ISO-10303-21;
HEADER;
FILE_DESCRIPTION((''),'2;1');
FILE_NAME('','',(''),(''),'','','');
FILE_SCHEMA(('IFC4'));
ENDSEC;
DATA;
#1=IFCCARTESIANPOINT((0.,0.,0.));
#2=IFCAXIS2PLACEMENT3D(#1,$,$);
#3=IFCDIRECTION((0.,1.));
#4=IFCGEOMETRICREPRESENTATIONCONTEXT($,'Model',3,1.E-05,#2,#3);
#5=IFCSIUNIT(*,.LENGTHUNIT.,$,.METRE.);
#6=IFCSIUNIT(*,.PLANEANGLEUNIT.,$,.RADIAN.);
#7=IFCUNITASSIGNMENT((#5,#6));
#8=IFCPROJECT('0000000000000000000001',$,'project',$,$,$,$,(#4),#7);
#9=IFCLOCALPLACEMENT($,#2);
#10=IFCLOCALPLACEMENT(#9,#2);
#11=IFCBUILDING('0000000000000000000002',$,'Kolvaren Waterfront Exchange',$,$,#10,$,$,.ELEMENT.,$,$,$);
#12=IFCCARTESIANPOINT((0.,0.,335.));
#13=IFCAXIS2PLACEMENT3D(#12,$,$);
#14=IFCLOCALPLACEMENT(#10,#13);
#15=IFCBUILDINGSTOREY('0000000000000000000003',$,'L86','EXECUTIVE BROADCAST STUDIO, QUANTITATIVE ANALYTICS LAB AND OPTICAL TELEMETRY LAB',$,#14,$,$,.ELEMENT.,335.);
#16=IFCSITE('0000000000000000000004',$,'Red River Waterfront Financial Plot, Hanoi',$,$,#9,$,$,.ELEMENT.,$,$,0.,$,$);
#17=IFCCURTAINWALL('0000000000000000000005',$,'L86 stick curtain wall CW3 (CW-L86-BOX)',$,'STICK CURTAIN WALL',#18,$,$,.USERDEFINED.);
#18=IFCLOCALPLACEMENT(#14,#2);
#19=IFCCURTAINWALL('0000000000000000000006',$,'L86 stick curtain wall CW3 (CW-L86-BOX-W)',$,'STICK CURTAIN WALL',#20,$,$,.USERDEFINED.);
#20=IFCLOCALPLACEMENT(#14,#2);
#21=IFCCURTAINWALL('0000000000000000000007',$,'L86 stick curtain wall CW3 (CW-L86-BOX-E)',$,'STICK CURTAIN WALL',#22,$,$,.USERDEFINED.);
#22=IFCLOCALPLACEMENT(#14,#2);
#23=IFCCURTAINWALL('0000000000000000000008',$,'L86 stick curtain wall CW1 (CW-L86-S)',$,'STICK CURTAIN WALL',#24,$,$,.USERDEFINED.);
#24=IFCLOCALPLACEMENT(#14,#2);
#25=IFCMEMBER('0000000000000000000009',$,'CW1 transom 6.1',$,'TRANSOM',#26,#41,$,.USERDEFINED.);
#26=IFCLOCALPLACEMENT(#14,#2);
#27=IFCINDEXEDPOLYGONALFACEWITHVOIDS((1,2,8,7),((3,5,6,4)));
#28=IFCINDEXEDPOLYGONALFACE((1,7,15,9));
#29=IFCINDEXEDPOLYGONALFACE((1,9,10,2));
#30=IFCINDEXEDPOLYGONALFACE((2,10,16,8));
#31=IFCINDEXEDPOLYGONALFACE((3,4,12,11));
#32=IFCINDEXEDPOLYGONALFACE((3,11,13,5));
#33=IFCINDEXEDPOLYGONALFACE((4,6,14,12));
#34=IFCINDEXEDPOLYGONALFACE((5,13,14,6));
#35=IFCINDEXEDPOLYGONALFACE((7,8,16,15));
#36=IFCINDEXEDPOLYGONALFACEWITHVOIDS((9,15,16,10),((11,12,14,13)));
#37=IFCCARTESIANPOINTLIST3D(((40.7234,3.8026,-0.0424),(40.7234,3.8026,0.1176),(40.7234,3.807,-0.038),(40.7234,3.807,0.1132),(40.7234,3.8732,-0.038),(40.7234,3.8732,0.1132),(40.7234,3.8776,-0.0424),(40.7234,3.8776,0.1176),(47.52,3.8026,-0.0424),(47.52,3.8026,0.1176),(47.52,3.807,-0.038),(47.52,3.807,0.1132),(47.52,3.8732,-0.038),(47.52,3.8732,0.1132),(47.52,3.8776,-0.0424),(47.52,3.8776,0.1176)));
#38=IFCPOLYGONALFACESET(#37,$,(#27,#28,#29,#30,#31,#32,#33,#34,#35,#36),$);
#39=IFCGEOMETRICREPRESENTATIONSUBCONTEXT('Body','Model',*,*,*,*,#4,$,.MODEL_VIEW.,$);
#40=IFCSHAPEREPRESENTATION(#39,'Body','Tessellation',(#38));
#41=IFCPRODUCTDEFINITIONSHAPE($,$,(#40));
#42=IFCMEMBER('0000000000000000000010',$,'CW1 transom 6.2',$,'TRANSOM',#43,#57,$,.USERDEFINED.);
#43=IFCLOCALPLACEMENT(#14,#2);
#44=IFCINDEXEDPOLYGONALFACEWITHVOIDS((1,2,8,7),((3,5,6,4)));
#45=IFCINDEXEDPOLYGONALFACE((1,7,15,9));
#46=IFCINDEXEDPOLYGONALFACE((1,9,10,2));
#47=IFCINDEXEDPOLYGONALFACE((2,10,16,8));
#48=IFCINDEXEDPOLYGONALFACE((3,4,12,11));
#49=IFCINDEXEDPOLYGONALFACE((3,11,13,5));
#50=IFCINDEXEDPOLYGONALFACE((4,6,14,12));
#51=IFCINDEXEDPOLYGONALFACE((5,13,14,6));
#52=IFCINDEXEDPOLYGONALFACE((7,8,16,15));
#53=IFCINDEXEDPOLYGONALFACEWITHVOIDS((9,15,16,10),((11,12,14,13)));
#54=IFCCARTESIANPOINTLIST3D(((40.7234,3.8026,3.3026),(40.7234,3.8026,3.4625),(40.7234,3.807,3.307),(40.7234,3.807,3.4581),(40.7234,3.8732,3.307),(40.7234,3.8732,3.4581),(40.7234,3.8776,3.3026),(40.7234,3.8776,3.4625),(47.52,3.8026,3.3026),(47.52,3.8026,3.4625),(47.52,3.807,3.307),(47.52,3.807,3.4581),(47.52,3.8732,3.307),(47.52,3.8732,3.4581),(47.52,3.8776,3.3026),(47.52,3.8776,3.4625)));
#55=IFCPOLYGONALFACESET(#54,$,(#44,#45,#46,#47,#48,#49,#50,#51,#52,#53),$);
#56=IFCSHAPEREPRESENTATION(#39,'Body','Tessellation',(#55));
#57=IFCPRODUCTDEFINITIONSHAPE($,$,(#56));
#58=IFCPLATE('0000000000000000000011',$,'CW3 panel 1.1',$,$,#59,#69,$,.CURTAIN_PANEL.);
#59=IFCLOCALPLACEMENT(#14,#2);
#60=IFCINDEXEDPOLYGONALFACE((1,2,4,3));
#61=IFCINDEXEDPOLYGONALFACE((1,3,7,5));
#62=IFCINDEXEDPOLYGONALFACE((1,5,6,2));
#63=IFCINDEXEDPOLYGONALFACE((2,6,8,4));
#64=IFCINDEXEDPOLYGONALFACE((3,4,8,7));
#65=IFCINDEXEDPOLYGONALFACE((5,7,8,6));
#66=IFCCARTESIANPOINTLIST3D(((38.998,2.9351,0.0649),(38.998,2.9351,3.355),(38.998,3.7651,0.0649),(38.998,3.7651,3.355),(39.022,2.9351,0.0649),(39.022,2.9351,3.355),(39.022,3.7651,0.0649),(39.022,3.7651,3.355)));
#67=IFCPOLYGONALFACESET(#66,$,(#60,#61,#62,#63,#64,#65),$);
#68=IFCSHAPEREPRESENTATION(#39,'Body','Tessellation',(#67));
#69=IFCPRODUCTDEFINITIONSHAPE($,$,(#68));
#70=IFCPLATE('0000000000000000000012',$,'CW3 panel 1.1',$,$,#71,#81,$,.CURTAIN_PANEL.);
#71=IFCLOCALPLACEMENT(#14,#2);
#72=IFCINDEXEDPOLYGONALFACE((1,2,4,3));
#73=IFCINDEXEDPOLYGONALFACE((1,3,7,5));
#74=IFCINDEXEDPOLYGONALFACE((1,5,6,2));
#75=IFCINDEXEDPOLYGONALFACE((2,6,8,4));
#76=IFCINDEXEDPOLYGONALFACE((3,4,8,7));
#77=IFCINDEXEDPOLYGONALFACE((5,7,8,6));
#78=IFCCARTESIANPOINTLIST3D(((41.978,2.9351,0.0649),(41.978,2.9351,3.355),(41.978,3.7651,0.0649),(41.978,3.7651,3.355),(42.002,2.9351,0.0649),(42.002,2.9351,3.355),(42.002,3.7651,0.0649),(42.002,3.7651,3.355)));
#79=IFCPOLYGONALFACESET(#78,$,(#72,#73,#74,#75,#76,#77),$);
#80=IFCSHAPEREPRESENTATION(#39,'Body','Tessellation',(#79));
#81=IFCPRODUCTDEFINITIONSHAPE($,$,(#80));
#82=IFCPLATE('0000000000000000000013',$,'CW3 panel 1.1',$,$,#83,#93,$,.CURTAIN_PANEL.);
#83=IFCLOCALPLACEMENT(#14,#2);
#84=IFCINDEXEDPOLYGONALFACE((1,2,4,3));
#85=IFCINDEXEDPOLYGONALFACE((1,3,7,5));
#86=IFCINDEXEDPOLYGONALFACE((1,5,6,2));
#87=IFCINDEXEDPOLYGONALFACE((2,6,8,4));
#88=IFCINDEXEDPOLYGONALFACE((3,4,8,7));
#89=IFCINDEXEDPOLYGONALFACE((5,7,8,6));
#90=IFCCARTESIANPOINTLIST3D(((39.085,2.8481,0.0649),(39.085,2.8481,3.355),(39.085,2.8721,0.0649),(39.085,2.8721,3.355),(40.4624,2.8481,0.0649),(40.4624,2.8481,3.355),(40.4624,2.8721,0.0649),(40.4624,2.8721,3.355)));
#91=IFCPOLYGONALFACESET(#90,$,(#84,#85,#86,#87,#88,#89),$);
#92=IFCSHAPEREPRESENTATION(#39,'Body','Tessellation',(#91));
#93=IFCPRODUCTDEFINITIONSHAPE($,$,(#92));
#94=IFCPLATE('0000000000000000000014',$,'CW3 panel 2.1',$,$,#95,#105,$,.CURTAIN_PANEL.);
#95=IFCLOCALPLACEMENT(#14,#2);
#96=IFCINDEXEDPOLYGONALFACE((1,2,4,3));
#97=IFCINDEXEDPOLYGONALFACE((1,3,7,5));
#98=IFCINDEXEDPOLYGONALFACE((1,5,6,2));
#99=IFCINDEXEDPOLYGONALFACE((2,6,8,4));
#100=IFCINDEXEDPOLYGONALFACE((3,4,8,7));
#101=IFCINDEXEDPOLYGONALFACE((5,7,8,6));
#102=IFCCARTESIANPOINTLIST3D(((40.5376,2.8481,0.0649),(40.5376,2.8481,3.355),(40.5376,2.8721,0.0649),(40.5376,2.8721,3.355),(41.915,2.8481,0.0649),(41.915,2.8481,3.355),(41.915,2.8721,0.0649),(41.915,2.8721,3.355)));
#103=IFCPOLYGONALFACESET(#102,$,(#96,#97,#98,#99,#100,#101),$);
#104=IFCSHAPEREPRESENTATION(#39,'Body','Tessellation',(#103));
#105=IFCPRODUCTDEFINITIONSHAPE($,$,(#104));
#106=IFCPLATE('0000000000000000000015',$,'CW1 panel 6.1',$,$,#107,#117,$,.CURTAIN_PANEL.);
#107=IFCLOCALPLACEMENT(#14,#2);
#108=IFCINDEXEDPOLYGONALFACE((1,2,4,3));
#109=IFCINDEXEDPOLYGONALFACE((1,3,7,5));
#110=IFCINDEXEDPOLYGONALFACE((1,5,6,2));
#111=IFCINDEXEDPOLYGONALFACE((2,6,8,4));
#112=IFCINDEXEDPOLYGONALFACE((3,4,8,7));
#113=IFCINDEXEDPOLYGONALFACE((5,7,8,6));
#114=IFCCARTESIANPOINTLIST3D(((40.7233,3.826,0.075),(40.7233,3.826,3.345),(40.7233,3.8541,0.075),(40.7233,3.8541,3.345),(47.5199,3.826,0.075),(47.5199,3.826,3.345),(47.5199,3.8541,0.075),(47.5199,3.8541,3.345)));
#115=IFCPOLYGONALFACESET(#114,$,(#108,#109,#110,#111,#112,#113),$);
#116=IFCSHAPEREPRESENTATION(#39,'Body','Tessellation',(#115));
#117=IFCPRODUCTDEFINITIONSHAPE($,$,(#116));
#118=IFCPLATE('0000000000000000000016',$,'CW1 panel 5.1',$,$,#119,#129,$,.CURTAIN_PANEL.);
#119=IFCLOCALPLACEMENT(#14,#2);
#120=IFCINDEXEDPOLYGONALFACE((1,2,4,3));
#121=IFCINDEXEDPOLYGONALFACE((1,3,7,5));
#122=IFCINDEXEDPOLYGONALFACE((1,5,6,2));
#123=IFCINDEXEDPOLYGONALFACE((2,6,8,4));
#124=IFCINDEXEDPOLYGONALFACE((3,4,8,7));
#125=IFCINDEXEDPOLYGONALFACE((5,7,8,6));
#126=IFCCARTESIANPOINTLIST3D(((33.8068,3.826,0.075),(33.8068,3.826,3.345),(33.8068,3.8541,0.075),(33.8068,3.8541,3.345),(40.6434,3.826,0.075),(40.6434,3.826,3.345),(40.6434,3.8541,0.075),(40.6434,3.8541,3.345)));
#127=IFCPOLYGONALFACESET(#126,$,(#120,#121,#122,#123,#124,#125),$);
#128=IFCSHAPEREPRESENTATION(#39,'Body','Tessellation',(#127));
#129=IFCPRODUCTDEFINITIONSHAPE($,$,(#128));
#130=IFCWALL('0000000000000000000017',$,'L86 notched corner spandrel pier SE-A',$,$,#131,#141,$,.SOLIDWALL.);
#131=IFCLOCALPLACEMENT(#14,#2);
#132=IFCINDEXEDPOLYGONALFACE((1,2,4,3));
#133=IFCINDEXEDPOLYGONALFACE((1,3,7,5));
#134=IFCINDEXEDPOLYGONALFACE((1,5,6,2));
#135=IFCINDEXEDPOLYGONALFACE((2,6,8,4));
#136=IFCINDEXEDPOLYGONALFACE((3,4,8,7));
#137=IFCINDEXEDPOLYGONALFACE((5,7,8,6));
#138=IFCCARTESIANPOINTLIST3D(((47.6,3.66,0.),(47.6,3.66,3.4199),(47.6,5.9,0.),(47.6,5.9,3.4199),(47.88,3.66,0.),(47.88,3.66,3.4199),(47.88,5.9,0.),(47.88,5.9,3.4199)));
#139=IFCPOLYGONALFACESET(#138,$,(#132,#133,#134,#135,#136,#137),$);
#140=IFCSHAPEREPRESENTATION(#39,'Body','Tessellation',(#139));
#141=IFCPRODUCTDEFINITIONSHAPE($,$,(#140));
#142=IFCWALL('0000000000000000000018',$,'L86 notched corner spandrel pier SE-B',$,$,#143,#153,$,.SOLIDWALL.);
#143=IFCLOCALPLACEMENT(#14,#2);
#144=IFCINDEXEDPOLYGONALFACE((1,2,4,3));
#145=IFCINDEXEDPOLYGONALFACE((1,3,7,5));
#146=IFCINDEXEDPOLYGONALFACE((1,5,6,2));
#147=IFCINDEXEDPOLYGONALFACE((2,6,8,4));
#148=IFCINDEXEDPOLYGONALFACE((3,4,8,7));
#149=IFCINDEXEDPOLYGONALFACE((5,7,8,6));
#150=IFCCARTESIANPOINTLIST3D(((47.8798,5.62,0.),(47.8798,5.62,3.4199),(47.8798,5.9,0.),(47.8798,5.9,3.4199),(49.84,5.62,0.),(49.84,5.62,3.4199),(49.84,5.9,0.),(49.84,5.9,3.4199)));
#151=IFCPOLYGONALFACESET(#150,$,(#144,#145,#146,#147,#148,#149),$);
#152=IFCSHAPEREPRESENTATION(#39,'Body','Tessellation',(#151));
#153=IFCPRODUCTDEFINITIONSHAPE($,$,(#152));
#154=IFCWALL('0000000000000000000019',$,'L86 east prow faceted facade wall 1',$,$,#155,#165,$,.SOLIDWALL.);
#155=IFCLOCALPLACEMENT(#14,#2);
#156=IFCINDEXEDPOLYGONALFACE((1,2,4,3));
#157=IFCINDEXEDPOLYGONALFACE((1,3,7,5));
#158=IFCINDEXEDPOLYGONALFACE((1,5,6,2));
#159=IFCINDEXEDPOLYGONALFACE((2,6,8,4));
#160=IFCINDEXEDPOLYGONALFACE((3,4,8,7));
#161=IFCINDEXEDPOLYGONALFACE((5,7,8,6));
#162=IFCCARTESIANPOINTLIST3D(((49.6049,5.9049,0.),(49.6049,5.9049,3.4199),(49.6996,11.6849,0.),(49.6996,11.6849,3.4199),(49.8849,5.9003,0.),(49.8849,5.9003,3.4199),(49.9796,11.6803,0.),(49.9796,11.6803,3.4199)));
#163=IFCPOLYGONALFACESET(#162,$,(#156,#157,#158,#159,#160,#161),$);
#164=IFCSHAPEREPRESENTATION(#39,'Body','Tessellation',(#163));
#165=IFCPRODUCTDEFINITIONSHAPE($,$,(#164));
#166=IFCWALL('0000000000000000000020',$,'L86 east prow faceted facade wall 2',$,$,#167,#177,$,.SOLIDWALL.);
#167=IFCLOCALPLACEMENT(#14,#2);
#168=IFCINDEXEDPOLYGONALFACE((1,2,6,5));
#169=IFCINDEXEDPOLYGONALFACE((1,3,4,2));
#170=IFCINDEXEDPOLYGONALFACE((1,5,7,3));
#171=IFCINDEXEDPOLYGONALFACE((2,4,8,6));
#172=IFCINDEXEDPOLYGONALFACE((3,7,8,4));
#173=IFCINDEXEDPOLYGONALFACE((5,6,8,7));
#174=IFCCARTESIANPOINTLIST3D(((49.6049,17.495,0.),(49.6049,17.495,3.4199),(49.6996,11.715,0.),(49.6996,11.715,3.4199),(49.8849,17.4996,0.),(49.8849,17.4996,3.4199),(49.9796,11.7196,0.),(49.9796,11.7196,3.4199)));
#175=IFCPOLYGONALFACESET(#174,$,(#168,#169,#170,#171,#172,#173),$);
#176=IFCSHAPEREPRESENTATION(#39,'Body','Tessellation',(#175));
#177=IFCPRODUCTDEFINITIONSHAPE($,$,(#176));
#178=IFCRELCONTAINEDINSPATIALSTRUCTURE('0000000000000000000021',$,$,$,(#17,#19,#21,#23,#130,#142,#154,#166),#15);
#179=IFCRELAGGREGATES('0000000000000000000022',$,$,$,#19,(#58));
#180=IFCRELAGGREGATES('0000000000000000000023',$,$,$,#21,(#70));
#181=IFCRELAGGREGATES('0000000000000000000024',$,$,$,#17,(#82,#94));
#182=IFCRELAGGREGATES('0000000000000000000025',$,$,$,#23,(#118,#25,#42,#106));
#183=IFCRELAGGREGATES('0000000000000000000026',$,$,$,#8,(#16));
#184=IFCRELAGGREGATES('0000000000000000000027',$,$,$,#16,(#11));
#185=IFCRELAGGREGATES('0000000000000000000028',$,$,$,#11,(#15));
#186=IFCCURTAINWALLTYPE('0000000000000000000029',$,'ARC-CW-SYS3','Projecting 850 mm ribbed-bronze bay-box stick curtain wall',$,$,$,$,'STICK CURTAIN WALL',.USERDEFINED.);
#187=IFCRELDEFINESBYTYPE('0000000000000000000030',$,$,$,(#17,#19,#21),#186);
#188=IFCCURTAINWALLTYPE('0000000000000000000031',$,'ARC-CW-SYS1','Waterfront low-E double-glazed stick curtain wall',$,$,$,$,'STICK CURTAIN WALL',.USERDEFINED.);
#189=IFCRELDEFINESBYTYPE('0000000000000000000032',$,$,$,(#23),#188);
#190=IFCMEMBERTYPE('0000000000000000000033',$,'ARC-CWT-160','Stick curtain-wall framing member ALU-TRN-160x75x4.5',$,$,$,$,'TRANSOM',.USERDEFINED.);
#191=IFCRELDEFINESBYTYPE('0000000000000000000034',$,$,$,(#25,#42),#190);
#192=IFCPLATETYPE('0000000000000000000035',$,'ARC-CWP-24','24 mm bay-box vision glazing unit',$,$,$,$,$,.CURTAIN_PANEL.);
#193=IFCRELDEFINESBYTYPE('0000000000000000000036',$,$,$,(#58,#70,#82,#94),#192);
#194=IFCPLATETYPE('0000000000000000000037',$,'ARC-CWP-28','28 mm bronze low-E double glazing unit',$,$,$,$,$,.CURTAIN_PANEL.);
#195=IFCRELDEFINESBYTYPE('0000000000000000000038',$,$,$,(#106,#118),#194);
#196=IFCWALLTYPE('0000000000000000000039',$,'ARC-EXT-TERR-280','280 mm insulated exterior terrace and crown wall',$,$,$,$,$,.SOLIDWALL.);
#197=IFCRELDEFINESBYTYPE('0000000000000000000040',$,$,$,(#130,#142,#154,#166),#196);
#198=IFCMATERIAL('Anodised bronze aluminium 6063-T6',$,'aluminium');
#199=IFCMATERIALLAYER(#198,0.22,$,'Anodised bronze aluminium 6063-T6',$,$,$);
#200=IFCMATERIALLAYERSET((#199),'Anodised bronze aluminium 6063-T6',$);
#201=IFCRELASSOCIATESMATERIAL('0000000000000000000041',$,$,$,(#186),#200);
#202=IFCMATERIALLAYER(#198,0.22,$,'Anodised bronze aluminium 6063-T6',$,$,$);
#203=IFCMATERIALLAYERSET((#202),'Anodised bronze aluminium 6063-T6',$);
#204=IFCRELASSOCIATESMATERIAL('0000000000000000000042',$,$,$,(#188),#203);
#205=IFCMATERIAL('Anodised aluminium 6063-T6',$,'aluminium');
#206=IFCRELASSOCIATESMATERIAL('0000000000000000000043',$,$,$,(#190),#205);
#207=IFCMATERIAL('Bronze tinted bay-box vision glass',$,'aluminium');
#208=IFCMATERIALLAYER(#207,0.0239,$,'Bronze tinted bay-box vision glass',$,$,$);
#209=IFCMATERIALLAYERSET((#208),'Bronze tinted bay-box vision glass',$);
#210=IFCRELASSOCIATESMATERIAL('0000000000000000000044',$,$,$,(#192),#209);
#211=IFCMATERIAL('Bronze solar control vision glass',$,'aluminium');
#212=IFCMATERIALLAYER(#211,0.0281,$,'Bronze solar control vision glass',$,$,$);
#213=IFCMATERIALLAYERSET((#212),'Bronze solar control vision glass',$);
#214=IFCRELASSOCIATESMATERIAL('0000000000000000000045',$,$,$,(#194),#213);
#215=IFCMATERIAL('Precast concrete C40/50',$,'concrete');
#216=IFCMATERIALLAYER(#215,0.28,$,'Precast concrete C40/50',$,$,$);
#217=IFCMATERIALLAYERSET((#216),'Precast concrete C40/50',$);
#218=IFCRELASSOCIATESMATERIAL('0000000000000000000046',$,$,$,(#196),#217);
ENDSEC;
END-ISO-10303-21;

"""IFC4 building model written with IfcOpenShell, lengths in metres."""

from ifc_helpers import new_model, si_unit, direction, frame, frame_2d, origin, origin_with_axes, origin_2d, place, context, subcontext, project, spatial, rectangle, hollow_rectangle, extrude, source, transform, mapped, material, layer, layer_set, material_profile, profile_set, type_object, element, aggregate, save


model = new_model("IFC4")

# Units and contexts
model_context = context("Model", 3, precision=1e-05, world=origin(), true_north=direction((0.0, 1.0)))
body_context = subcontext(model_context, "Body", "Model", "MODEL_VIEW")
ifc_project = project(units=[si_unit("LENGTHUNIT", "METRE"), si_unit("PLANEANGLEUNIT", "RADIAN")], contexts=[model_context])

# Site, building, storey
site_placement = place(None, origin())
site = spatial("IfcSite", under=ifc_project, at=site_placement, Name="Red River Waterfront Financial Plot, Hanoi", CompositionType="ELEMENT", RefElevation=0.0)
building_placement = place(site_placement, origin())
building = spatial("IfcBuilding", under=site, at=building_placement, Name="Kolvaren Waterfront Exchange", CompositionType="ELEMENT")
storey_placement = place(building_placement, frame((0.0, 0.0, 335.0)))
storey = spatial("IfcBuildingStorey", under=building, at=storey_placement, Name="L86", Description="EXECUTIVE BROADCAST STUDIO, QUANTITATIVE ANALYTICS LAB AND OPTICAL TELEMETRY LAB", CompositionType="ELEMENT", Elevation=335.0)

# Curtain walls
ifc_material_1 = material(Name="Anodised bronze aluminium 6063-T6", Category="aluminium")
ifc_layer_1 = layer(ifc_material_1, 0.22, Name="Anodised bronze aluminium 6063-T6")
ifc_layer_set_1 = layer_set([ifc_layer_1], Name="Anodised bronze aluminium 6063-T6")
curtain_wall_type_1 = type_object("IfcCurtainWallType", Name="ARC-CW-SYS3", Description="Projecting 850 mm ribbed-bronze bay-box stick curtain wall", ElementType="STICK CURTAIN WALL", PredefinedType="USERDEFINED", material=ifc_layer_set_1)
curtain_wall_1_placement = place(storey_placement, origin())
curtain_wall_1 = element("IfcCurtainWall", 1, at=curtain_wall_1_placement, inside=storey, type_object=curtain_wall_type_1, Name="L86 stick curtain wall CW3 (CW-L86-BOX)", ObjectType="STICK CURTAIN WALL", PredefinedType="USERDEFINED")
curtain_wall_2_placement = place(storey_placement, origin())
curtain_wall_2 = element("IfcCurtainWall", 2, at=curtain_wall_2_placement, inside=storey, type_object=curtain_wall_type_1, Name="L86 stick curtain wall CW3 (CW-L86-BOX-W)", ObjectType="STICK CURTAIN WALL", PredefinedType="USERDEFINED")

# Curtain walls
curtain_wall_3_placement = place(storey_placement, origin())
curtain_wall_3 = element("IfcCurtainWall", 3, at=curtain_wall_3_placement, inside=storey, type_object=curtain_wall_type_1, Name="L86 stick curtain wall CW3 (CW-L86-BOX-E)", ObjectType="STICK CURTAIN WALL", PredefinedType="USERDEFINED")
ifc_layer_2 = layer(ifc_material_1, 0.22, Name="Anodised bronze aluminium 6063-T6")
ifc_layer_set_2 = layer_set([ifc_layer_2], Name="Anodised bronze aluminium 6063-T6")
curtain_wall_type_2 = type_object("IfcCurtainWallType", Name="ARC-CW-SYS1", Description="Waterfront low-E double-glazed stick curtain wall", ElementType="STICK CURTAIN WALL", PredefinedType="USERDEFINED", material=ifc_layer_set_2)
curtain_wall_4_placement = place(storey_placement, origin())
curtain_wall_4 = element("IfcCurtainWall", 4, at=curtain_wall_4_placement, inside=storey, type_object=curtain_wall_type_2, Name="L86 stick curtain wall CW1 (CW-L86-S)", ObjectType="STICK CURTAIN WALL", PredefinedType="USERDEFINED")
ifc_material_2 = material(Name="Anodised aluminium 6063-T6", Category="aluminium")

# Members
ifc_material_profile_1 = material_profile(ifc_material_2, hollow_rectangle(XDim=0.075, YDim=0.1599, WallThickness=0.0044, at=origin_2d()), Name="ALU-TRN-160x75x4.5")
ifc_profile_set_1 = profile_set([ifc_material_profile_1], Name="Anodised aluminium 6063-T6")
member_type_1 = type_object("IfcMemberType", Name="ARC-CWT-160", Description="Stick curtain-wall framing member ALU-TRN-160x75x4.5", ElementType="TRANSOM", PredefinedType="USERDEFINED", material=ifc_profile_set_1)
shared_shape_1 = source(origin_with_axes(), body_context, "Body", "SweptSolid", [
    extrude(hollow_rectangle(XDim=0.075, YDim=0.1599, WallThickness=0.0044, at=origin_2d()), origin(), (0.0, 0.0, 1.0), 6.7966),
])
member_1_placement = place(storey_placement, frame((40.7234, 3.8401, 0.0376), z_axis=(1.0, 0.0, 0.0), x_axis=(0.0, 1.0, 0.0)))
member_1 = element("IfcMember", 5, at=member_1_placement, type_object=member_type_1, Name="CW1 transom 6.1", ObjectType="TRANSOM", PredefinedType="USERDEFINED", context=body_context, shape_type="MappedRepresentation", body=[
    mapped(shared_shape_1, transform((0.0, 0.0, 0.0), x_axis=(1.0, 0.0, 0.0), y_axis=(0.0, 1.0, 0.0), z_axis=(0.0, 0.0, 1.0), scale=1.0)),
])
member_2_placement = place(storey_placement, frame((40.7234, 3.8401, 3.3826), z_axis=(1.0, 0.0, 0.0), x_axis=(0.0, 1.0, 0.0)))
member_2 = element("IfcMember", 6, at=member_2_placement, type_object=member_type_1, Name="CW1 transom 6.2", ObjectType="TRANSOM", PredefinedType="USERDEFINED", context=body_context, shape_type="MappedRepresentation", body=[
    mapped(shared_shape_1, transform((0.0, 0.0, 0.0), x_axis=(1.0, 0.0, 0.0), y_axis=(0.0, 1.0, 0.0), z_axis=(0.0, 0.0, 1.0), scale=1.0)),
])

# Plates
ifc_material_3 = material(Name="Bronze tinted bay-box vision glass", Category="aluminium")
ifc_layer_3 = layer(ifc_material_3, 0.0239, Name="Bronze tinted bay-box vision glass")
ifc_layer_set_3 = layer_set([ifc_layer_3], Name="Bronze tinted bay-box vision glass")
plate_type_1 = type_object("IfcPlateType", Name="ARC-CWP-24", Description="24 mm bay-box vision glazing unit", PredefinedType="CURTAIN_PANEL", material=ifc_layer_set_3)
shared_shape_2 = source(origin_with_axes(), body_context, "Body", "SweptSolid", [
    extrude(rectangle(XDim=0.8301, YDim=0.0239, at=origin_2d()), origin(), (0.0, 0.0, 1.0), 3.29),
])
plate_1_placement = place(storey_placement, frame((39.01, 3.3501, 0.0649), z_axis=(0.0, 0.0, 1.0), x_axis=(0.0, -1.0, 0.0)))
plate_1 = element("IfcPlate", 7, at=plate_1_placement, type_object=plate_type_1, Name="CW3 panel 1.1", PredefinedType="CURTAIN_PANEL", context=body_context, shape_type="MappedRepresentation", body=[
    mapped(shared_shape_2, transform((0.0, 0.0, 0.0), x_axis=(1.0, 0.0, 0.0), y_axis=(0.0, 1.0, 0.0), z_axis=(0.0, 0.0, 1.0), scale=1.0)),
])
aggregate(curtain_wall_2, [plate_1])
plate_2_placement = place(storey_placement, frame((41.99, 3.3501, 0.0649), z_axis=(0.0, 0.0, 1.0), x_axis=(0.0, 1.0, 0.0)))
plate_2 = element("IfcPlate", 8, at=plate_2_placement, type_object=plate_type_1, Name="CW3 panel 1.1", PredefinedType="CURTAIN_PANEL", context=body_context, shape_type="MappedRepresentation", body=[
    mapped(shared_shape_2, transform((0.0, 0.0, 0.0), x_axis=(1.0, 0.0, 0.0), y_axis=(0.0, 1.0, 0.0), z_axis=(0.0, 0.0, 1.0), scale=1.0)),
])
aggregate(curtain_wall_3, [plate_2])
shared_shape_3 = source(origin_with_axes(), body_context, "Body", "SweptSolid", [
    extrude(rectangle(XDim=1.3774, YDim=0.0239, at=origin_2d()), origin(), (0.0, 0.0, 1.0), 3.29),
])
plate_3_placement = place(storey_placement, frame((39.7737, 2.8601, 0.0649), z_axis=(0.0, 0.0, 1.0), x_axis=(1.0, 0.0, 0.0)))
plate_3 = element("IfcPlate", 9, at=plate_3_placement, type_object=plate_type_1, Name="CW3 panel 1.1", PredefinedType="CURTAIN_PANEL", context=body_context, shape_type="MappedRepresentation", body=[
    mapped(shared_shape_3, transform((0.0, 0.0, 0.0), x_axis=(1.0, 0.0, 0.0), y_axis=(0.0, 1.0, 0.0), z_axis=(0.0, 0.0, 1.0), scale=1.0)),
])
plate_4_placement = place(storey_placement, frame((41.2263, 2.8601, 0.0649), z_axis=(0.0, 0.0, 1.0), x_axis=(1.0, 0.0, 0.0)))
plate_4 = element("IfcPlate", 10, at=plate_4_placement, type_object=plate_type_1, Name="CW3 panel 2.1", PredefinedType="CURTAIN_PANEL", context=body_context, shape_type="MappedRepresentation", body=[
    mapped(shared_shape_3, transform((0.0, 0.0, 0.0), x_axis=(1.0, 0.0, 0.0), y_axis=(0.0, 1.0, 0.0), z_axis=(0.0, 0.0, 1.0), scale=1.0)),
])
aggregate(curtain_wall_1, [plate_3, plate_4])
ifc_material_4 = material(Name="Bronze solar control vision glass", Category="aluminium")
ifc_layer_4 = layer(ifc_material_4, 0.0281, Name="Bronze solar control vision glass")
ifc_layer_set_4 = layer_set([ifc_layer_4], Name="Bronze solar control vision glass")
plate_type_2 = type_object("IfcPlateType", Name="ARC-CWP-28", Description="28 mm bronze low-E double glazing unit", PredefinedType="CURTAIN_PANEL", material=ifc_layer_set_4)
shared_shape_4 = source(origin_with_axes(), body_context, "Body", "SweptSolid", [
    extrude(rectangle(XDim=6.7966, YDim=0.0281, at=origin_2d()), origin(), (0.0, 0.0, 1.0), 3.27),
])
plate_5_placement = place(storey_placement, frame((44.1216, 3.8401, 0.075), z_axis=(0.0, 0.0, 1.0), x_axis=(1.0, 0.0, 0.0)))
plate_5 = element("IfcPlate", 11, at=plate_5_placement, type_object=plate_type_2, Name="CW1 panel 6.1", PredefinedType="CURTAIN_PANEL", context=body_context, shape_type="MappedRepresentation", body=[
    mapped(shared_shape_4, transform((0.0, 0.0, 0.0), x_axis=(1.0, 0.0, 0.0), y_axis=(0.0, 1.0, 0.0), z_axis=(0.0, 0.0, 1.0), scale=1.0)),
])
shared_shape_5 = source(origin_with_axes(), body_context, "Body", "SweptSolid", [
    extrude(rectangle(XDim=6.8367, YDim=0.0281, at=origin_2d()), origin(), (0.0, 0.0, 1.0), 3.27),
])
plate_6_placement = place(storey_placement, frame((37.2251, 3.8401, 0.075), z_axis=(0.0, 0.0, 1.0), x_axis=(1.0, 0.0, 0.0)))
plate_6 = element("IfcPlate", 12, at=plate_6_placement, type_object=plate_type_2, Name="CW1 panel 5.1", PredefinedType="CURTAIN_PANEL", context=body_context, shape_type="MappedRepresentation", body=[
    mapped(shared_shape_5, transform((0.0, 0.0, 0.0), x_axis=(1.0, 0.0, 0.0), y_axis=(0.0, 1.0, 0.0), z_axis=(0.0, 0.0, 1.0), scale=1.0)),
])
aggregate(curtain_wall_4, [plate_6, member_1, member_2, plate_5])

# Walls
ifc_material_5 = material(Name="Precast concrete C40/50", Category="concrete")
ifc_layer_5 = layer(ifc_material_5, 0.28, Name="Precast concrete C40/50")
ifc_layer_set_5 = layer_set([ifc_layer_5], Name="Precast concrete C40/50")
wall_type_1 = type_object("IfcWallType", Name="ARC-EXT-TERR-280", Description="280 mm insulated exterior terrace and crown wall", PredefinedType="SOLIDWALL", material=ifc_layer_set_5)
wall_1_placement = place(storey_placement, frame((47.74, 3.6599, 0.0), z_axis=(0.0, 0.0, 1.0), x_axis=(0.0, 1.0, 0.0)))
element("IfcWall", 13, at=wall_1_placement, inside=storey, type_object=wall_type_1, Name="L86 notched corner spandrel pier SE-A", PredefinedType="SOLIDWALL", context=body_context, shape_type="SweptSolid", body=[
    extrude(rectangle(XDim=2.24, YDim=0.28, at=frame_2d((1.1201, 0.0))), origin(), (0.0, 0.0, 1.0), 3.4199),
])
wall_2_placement = place(storey_placement, frame((47.8799, 5.76, 0.0), z_axis=(0.0, 0.0, 1.0), x_axis=(1.0, 0.0, 0.0)))
element("IfcWall", 14, at=wall_2_placement, inside=storey, type_object=wall_type_1, Name="L86 notched corner spandrel pier SE-B", PredefinedType="SOLIDWALL", context=body_context, shape_type="SweptSolid", body=[
    extrude(rectangle(XDim=1.9602, YDim=0.28, at=frame_2d((0.98, 0.0))), origin(), (0.0, 0.0, 1.0), 3.4199),
])
for number, where, z_axis, x_axis, name in (
    (15, (49.7449, 5.9026, 0.0), (0.0, 0.0, 1.0), (0.016386, 0.999866, 0.0), "L86 east prow faceted facade wall 1"),
    (16, (49.8396, 11.7173, 0.0), (0.0, 0.0, 1.0), (-0.016386, 0.999866, 0.0), "L86 east prow faceted facade wall 2"),
):
    element("IfcWall", number, at=place(storey_placement, frame(where, z_axis=z_axis, x_axis=x_axis)), inside=storey, type_object=wall_type_1, Name=name, PredefinedType="SOLIDWALL", context=body_context, shape_type="SweptSolid", body=[
        extrude(rectangle(XDim=5.7808, YDim=0.28, at=frame_2d((2.8904, 0.0))), origin(), (0.0, 0.0, 1.0), 3.4199),
    ])

save(model, "model.ifc")
